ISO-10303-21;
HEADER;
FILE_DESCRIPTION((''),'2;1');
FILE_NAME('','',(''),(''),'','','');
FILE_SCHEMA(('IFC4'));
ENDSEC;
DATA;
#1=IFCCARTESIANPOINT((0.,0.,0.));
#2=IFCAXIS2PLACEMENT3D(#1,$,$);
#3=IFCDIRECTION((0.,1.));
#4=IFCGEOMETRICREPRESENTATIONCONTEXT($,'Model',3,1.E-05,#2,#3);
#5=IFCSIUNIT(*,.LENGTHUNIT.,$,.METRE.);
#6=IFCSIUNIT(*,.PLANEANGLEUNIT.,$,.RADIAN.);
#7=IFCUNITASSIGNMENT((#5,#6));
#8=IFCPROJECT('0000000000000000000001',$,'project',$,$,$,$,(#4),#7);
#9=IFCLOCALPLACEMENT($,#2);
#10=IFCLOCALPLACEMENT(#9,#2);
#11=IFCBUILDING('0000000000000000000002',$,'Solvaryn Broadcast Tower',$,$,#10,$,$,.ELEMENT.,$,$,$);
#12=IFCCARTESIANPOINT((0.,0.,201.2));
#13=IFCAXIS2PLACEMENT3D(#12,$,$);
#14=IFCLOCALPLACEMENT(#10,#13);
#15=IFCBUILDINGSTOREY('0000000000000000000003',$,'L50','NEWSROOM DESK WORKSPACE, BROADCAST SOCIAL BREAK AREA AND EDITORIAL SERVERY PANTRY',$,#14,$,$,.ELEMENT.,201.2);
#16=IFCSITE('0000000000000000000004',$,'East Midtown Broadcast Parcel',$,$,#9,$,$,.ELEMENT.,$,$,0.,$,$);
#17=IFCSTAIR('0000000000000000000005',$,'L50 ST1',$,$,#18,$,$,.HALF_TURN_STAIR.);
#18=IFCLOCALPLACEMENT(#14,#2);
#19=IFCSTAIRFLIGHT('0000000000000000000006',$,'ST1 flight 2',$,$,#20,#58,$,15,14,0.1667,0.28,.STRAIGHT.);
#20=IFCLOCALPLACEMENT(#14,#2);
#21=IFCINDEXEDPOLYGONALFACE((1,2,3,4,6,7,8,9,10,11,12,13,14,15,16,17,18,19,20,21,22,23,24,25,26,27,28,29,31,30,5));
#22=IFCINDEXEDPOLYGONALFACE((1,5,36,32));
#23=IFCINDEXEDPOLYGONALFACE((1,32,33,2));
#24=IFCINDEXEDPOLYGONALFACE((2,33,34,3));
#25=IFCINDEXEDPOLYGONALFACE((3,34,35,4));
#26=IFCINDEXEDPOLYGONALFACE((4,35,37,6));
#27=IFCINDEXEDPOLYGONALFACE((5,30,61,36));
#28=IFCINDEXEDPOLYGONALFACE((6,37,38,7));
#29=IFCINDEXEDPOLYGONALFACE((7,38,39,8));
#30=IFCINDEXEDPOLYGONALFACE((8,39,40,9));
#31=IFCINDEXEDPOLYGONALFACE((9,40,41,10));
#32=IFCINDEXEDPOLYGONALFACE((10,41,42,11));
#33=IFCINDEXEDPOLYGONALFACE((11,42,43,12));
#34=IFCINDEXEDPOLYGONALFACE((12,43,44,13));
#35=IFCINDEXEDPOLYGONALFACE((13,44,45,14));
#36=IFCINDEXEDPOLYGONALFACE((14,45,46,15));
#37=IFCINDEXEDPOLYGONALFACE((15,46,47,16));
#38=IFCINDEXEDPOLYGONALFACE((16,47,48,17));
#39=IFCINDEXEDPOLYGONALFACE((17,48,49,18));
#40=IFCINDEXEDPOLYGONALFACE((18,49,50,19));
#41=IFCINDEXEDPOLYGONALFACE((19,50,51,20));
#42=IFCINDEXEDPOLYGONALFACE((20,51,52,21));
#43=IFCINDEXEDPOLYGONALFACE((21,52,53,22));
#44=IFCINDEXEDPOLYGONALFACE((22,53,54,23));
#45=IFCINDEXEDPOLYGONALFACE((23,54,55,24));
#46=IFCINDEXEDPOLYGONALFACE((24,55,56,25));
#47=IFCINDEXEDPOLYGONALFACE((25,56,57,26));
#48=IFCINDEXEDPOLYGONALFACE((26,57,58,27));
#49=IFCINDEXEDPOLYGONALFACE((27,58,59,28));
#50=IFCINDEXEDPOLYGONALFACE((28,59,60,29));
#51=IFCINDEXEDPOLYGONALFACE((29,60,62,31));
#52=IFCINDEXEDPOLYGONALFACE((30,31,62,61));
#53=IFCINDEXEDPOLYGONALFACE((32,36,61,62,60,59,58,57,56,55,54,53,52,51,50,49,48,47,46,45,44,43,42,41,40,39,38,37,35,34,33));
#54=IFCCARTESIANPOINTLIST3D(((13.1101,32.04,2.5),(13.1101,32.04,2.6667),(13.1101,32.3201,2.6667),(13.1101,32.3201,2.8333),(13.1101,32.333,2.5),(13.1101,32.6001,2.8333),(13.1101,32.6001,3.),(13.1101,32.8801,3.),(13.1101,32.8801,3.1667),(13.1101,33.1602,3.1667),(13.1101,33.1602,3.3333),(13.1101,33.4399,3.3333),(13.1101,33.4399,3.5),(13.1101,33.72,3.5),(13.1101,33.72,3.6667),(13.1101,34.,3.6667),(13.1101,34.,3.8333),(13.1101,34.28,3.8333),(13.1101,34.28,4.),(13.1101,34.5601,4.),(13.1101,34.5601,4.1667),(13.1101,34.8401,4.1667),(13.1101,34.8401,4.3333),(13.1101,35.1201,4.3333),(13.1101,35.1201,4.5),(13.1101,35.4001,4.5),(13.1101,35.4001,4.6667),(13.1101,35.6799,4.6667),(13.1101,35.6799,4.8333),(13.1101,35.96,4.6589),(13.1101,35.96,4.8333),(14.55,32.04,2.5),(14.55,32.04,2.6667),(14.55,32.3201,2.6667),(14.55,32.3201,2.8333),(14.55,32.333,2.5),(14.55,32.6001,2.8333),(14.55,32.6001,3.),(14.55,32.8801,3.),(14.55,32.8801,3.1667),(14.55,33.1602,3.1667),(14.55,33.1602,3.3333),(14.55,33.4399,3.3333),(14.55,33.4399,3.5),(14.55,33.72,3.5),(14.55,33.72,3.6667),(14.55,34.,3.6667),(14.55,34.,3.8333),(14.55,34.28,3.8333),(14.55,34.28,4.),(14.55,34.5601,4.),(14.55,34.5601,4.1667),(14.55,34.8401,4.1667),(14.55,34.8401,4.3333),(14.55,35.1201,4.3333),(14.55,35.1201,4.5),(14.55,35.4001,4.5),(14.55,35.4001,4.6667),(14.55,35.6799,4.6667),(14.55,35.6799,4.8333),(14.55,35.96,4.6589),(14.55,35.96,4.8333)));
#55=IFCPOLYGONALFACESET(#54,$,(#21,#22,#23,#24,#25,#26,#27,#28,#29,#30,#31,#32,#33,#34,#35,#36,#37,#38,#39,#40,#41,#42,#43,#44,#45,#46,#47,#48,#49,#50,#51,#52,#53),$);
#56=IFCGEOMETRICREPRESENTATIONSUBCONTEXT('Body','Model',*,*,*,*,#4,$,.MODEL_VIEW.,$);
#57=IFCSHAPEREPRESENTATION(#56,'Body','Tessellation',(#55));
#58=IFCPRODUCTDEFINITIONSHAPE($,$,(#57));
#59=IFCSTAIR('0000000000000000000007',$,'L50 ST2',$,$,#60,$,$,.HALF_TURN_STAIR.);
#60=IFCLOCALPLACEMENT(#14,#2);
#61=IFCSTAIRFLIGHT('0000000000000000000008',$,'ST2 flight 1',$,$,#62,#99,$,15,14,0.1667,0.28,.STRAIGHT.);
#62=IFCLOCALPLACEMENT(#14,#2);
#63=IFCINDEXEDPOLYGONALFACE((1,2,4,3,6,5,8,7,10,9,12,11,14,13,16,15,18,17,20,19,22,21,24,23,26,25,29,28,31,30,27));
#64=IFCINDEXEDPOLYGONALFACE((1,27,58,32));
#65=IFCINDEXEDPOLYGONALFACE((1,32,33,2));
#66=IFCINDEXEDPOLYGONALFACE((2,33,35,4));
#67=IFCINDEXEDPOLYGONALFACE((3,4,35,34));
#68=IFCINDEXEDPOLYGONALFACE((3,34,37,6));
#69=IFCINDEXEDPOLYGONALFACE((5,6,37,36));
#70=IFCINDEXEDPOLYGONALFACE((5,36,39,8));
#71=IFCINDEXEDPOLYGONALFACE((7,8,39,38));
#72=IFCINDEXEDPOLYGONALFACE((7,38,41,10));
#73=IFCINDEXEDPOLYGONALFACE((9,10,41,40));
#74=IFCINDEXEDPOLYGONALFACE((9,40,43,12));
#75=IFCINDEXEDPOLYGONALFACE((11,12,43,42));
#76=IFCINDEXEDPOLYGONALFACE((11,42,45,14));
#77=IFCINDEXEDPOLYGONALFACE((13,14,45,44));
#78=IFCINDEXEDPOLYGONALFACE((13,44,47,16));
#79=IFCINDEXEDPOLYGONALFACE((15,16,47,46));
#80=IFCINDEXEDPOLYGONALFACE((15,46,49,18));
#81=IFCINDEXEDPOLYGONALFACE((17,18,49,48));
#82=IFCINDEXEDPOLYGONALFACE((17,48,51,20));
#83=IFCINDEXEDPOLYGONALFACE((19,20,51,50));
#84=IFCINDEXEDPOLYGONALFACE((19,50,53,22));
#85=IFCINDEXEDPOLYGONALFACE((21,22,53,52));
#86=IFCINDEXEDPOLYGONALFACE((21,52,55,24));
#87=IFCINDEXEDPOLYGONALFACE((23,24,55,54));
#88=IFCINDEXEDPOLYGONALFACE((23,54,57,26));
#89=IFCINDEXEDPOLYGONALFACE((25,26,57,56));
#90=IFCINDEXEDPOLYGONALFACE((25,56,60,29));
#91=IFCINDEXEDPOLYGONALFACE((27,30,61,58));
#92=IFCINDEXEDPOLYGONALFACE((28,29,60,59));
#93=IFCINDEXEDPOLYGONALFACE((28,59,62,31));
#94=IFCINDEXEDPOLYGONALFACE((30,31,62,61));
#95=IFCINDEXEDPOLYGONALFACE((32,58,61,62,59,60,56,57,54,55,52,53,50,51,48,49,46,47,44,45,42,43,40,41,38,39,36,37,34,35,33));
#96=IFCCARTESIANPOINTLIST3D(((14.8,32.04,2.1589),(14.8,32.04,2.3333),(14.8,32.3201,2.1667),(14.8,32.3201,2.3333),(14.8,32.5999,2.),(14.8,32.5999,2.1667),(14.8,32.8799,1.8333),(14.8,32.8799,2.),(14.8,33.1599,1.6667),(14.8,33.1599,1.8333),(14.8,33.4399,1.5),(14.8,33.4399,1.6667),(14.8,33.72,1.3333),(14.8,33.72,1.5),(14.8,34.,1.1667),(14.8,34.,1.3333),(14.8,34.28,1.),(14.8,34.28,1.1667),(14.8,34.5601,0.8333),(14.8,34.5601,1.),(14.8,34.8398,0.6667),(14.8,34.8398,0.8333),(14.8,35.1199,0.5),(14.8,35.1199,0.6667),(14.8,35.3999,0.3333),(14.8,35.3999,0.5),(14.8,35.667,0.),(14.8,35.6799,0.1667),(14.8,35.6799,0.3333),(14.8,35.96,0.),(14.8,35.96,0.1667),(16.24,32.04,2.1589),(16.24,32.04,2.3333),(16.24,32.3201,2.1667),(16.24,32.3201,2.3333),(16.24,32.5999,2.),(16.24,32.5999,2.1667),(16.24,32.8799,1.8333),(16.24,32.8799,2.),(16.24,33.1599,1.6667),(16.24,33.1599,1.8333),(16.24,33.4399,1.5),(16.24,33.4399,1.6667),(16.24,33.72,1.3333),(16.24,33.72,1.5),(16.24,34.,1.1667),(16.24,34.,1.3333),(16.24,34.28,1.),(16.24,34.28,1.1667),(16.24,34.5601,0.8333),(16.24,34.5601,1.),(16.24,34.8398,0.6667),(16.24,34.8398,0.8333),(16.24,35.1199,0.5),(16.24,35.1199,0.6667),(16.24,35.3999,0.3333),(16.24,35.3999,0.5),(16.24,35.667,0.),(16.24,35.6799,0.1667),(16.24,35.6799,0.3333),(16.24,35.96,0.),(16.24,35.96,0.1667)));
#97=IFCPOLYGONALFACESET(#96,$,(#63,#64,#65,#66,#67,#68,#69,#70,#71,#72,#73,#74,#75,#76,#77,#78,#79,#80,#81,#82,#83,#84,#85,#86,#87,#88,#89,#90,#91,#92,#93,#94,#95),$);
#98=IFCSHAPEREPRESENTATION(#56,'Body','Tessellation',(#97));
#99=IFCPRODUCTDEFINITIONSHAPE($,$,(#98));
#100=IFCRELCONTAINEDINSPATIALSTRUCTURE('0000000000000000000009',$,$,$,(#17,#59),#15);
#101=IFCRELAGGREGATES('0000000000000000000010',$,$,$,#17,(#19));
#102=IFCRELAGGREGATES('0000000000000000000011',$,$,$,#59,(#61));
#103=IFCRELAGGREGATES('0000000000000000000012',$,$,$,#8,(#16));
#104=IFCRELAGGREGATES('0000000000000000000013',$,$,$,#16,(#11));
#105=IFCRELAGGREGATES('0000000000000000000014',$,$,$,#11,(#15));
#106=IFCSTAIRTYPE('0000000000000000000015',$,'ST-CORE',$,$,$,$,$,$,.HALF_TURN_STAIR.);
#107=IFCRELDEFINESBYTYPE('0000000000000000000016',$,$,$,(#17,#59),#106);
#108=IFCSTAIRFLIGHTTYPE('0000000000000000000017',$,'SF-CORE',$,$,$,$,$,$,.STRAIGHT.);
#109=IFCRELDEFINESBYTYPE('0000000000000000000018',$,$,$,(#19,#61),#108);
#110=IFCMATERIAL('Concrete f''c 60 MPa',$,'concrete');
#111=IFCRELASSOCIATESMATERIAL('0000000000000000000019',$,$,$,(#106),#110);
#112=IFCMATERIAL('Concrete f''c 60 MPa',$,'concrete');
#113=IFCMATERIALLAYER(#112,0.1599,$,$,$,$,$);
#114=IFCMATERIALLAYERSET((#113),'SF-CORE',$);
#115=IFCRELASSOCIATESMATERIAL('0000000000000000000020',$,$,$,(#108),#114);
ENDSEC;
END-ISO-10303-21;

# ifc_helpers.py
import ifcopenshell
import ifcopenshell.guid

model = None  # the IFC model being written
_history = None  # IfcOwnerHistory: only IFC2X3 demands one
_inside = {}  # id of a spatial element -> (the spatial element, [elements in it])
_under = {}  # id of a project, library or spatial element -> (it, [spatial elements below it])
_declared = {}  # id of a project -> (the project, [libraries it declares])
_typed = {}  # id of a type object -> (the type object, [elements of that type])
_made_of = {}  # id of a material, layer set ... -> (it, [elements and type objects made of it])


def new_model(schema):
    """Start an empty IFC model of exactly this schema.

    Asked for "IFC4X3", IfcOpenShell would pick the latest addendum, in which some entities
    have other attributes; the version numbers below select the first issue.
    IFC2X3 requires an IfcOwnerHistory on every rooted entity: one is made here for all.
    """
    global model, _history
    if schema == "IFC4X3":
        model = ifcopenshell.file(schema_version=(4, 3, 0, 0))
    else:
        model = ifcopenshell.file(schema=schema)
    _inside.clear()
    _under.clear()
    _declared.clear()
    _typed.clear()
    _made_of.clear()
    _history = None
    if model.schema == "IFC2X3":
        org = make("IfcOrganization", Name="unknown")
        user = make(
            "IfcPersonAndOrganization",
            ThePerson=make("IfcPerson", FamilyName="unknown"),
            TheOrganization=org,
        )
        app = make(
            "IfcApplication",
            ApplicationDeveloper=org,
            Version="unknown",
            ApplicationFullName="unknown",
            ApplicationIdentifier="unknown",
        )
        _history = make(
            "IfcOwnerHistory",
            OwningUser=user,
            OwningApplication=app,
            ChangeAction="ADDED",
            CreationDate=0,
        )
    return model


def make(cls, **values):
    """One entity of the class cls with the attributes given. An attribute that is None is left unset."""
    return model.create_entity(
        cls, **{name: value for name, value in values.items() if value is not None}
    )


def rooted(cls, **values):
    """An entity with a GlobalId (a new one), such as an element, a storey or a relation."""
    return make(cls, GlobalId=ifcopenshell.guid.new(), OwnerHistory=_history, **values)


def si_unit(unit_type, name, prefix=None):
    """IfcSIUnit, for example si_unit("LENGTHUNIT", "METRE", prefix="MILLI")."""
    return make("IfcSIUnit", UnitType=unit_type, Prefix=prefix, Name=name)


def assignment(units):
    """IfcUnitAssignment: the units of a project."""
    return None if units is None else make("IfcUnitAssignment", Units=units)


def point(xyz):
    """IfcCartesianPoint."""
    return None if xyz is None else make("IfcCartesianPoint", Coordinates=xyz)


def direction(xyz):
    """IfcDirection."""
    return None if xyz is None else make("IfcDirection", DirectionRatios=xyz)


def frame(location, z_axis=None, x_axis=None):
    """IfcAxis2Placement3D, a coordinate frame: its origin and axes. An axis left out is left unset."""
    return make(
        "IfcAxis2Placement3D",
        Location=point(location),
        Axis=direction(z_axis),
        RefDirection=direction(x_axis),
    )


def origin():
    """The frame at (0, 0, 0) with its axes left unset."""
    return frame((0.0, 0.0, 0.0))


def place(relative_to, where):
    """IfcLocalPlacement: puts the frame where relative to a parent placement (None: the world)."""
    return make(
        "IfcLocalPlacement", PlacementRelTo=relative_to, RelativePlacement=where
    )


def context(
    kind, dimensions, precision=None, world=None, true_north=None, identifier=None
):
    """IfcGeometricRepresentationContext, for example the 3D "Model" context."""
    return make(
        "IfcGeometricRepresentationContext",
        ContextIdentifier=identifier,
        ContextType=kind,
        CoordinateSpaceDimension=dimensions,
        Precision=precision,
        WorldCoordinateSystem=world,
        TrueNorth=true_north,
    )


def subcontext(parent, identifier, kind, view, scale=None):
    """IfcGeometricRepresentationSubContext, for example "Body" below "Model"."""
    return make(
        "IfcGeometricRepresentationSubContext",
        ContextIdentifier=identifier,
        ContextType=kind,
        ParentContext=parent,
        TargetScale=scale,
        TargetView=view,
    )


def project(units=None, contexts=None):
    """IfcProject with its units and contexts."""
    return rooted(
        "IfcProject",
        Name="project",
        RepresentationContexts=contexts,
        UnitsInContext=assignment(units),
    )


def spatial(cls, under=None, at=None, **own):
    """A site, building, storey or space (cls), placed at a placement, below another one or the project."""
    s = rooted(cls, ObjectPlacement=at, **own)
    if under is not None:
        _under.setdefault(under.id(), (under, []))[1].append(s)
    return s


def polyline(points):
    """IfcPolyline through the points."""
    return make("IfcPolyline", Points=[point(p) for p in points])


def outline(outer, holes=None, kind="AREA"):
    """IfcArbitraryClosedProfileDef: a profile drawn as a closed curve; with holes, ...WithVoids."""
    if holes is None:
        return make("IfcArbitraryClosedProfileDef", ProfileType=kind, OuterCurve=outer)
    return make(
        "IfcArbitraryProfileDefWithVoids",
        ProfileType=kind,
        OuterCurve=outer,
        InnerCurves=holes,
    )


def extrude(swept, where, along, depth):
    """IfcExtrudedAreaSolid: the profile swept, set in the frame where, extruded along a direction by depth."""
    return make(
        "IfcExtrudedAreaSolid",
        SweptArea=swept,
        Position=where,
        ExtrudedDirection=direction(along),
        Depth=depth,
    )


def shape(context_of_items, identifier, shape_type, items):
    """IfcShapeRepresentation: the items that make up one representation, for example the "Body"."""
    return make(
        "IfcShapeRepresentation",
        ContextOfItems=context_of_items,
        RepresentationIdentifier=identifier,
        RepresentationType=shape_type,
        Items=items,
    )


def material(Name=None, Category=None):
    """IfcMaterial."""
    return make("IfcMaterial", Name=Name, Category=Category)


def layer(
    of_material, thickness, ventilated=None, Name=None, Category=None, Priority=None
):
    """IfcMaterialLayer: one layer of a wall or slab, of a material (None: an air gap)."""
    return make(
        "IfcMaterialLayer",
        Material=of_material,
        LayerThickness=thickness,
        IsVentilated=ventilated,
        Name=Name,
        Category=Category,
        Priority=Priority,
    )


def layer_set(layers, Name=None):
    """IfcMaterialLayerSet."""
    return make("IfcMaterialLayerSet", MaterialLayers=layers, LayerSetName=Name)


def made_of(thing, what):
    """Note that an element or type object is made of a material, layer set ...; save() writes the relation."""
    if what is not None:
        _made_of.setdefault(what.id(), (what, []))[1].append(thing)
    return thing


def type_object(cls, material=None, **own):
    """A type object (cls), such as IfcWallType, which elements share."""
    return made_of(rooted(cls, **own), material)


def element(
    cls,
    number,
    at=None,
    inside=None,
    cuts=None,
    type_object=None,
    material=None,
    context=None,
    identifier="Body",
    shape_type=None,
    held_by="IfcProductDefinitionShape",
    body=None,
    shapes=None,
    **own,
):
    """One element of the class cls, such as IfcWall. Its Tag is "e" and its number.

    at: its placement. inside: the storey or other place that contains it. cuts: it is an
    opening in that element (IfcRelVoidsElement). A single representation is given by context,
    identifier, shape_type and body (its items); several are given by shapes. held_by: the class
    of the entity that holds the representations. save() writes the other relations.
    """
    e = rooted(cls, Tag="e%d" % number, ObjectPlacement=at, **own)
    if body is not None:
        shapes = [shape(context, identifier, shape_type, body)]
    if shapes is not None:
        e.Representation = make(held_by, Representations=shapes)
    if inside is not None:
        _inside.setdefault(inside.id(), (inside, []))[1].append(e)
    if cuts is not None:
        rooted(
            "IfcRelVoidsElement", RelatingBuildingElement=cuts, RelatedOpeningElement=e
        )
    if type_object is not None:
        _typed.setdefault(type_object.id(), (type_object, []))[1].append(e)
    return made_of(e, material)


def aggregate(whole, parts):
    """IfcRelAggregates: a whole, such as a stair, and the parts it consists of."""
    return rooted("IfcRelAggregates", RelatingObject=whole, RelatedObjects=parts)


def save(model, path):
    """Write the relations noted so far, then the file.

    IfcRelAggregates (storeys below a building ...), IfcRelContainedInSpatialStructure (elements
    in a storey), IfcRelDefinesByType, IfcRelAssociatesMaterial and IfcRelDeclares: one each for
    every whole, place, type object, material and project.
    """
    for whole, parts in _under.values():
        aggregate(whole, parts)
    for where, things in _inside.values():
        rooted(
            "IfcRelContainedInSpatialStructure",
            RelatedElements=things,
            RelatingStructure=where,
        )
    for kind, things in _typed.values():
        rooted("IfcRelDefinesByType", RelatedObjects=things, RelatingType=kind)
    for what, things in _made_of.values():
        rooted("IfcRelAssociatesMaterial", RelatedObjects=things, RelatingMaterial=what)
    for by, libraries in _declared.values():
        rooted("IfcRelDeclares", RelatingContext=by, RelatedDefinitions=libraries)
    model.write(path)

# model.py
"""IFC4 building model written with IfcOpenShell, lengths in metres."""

from ifc_helpers import new_model, si_unit, direction, frame, origin, place, context, subcontext, project, spatial, polyline, outline, extrude, material, layer, layer_set, type_object, element, aggregate, save


model = new_model("IFC4")

# Units and contexts
model_context = context("Model", 3, precision=1e-05, world=origin(), true_north=direction((0.0, 1.0)))
body_context = subcontext(model_context, "Body", "Model", "MODEL_VIEW")
ifc_project = project(units=[si_unit("LENGTHUNIT", "METRE"), si_unit("PLANEANGLEUNIT", "RADIAN")], contexts=[model_context])

# Site, building, storey
site_placement = place(None, origin())
site = spatial("IfcSite", under=ifc_project, at=site_placement, Name="East Midtown Broadcast Parcel", CompositionType="ELEMENT", RefElevation=0.0)
building_placement = place(site_placement, origin())
building = spatial("IfcBuilding", under=site, at=building_placement, Name="Solvaryn Broadcast Tower", CompositionType="ELEMENT")
storey_placement = place(building_placement, frame((0.0, 0.0, 201.2)))
storey = spatial("IfcBuildingStorey", under=building, at=storey_placement, Name="L50", Description="NEWSROOM DESK WORKSPACE, BROADCAST SOCIAL BREAK AREA AND EDITORIAL SERVERY PANTRY", CompositionType="ELEMENT", Elevation=201.2)

# Stair, stair flight
ifc_material_1 = material(Name="Concrete f'c 60 MPa", Category="concrete")
stair_type = type_object("IfcStairType", Name="ST-CORE", PredefinedType="HALF_TURN_STAIR", material=ifc_material_1)
stair_1_placement = place(storey_placement, origin())
stair_1 = element("IfcStair", 1, at=stair_1_placement, inside=storey, type_object=stair_type, Name="L50 ST1", PredefinedType="HALF_TURN_STAIR")
ifc_material_2 = material(Name="Concrete f'c 60 MPa", Category="concrete")
ifc_layer_1 = layer(ifc_material_2, 0.1599)
ifc_layer_set_1 = layer_set([ifc_layer_1], Name="SF-CORE")
stair_flight_type = type_object("IfcStairFlightType", Name="SF-CORE", PredefinedType="STRAIGHT", material=ifc_layer_set_1)
stair_flight_1_placement = place(storey_placement, frame((13.8301, 32.04, 2.5), z_axis=(0.0, 0.0, 1.0), x_axis=(0.0, 1.0, 0.0)))
stair_flight_1 = element("IfcStairFlight", 2, at=stair_flight_1_placement, type_object=stair_flight_type, Name="ST1 flight 2", NumberOfRisers=15, NumberOfTreads=14, PredefinedType="STRAIGHT", RiserHeight=0.1667, TreadLength=0.28, context=body_context, shape_type="SweptSolid", body=[
    extrude(outline(polyline([(0.0, 0.0), (0.0, 0.1667), (0.28, 0.1667), (0.28, 0.3333), (0.5601, 0.3333), (0.5601, 0.5), (0.8401, 0.5), (0.8401, 0.6667), (1.1201, 0.6667), (1.1201, 0.8333), (1.3999, 0.8333), (1.3999, 1.0), (1.6799, 1.0), (1.6799, 1.1667), (1.96, 1.1667), (1.96, 1.3333), (2.24, 1.3333), (2.24, 1.5), (2.52, 1.5), (2.52, 1.6667), (2.8, 1.6667), (2.8, 1.8333), (3.0801, 1.8333), (3.0801, 2.0), (3.3601, 2.0), (3.3601, 2.1667), (3.6399, 2.1667), (3.6399, 2.3333), (3.9199, 2.3333), (3.9199, 2.5), (3.9199, 2.1589), (0.293, 0.0), (0.0, 0.0)])), frame((0.0, 0.72, 0.0), z_axis=(0.0, -1.0, 0.0), x_axis=(1.0, 0.0, 0.0)), (0.0, 0.0, 1.0), 1.4399),
])
aggregate(stair_1, [stair_flight_1])

# Stair, stair flight
stair_2_placement = place(storey_placement, origin())
stair_2 = element("IfcStair", 3, at=stair_2_placement, inside=storey, type_object=stair_type, Name="L50 ST2", PredefinedType="HALF_TURN_STAIR")
stair_flight_2_placement = place(storey_placement, frame((15.52, 35.96, 0.0), z_axis=(0.0, 0.0, 1.0), x_axis=(0.0, -1.0, 0.0)))
stair_flight_2 = element("IfcStairFlight", 4, at=stair_flight_2_placement, type_object=stair_flight_type, Name="ST2 flight 1", NumberOfRisers=15, NumberOfTreads=14, PredefinedType="STRAIGHT", RiserHeight=0.1667, TreadLength=0.28, context=body_context, shape_type="SweptSolid", body=[
    extrude(outline(polyline([(0.0, 0.0), (0.0, 0.1667), (0.28, 0.1667), (0.28, 0.3333), (0.5601, 0.3333), (0.5601, 0.5), (0.8401, 0.5), (0.8401, 0.6667), (1.1201, 0.6667), (1.1201, 0.8333), (1.3999, 0.8333), (1.3999, 1.0), (1.6799, 1.0), (1.6799, 1.1667), (1.96, 1.1667), (1.96, 1.3333), (2.24, 1.3333), (2.24, 1.5), (2.52, 1.5), (2.52, 1.6667), (2.8, 1.6667), (2.8, 1.8333), (3.0801, 1.8333), (3.0801, 2.0), (3.3601, 2.0), (3.3601, 2.1667), (3.6399, 2.1667), (3.6399, 2.3333), (3.9199, 2.3333), (3.9199, 2.5), (3.9199, 2.1589), (0.293, 0.0), (0.0, 0.0)])), frame((0.0, 0.72, 0.0), z_axis=(0.0, -1.0, 0.0), x_axis=(1.0, 0.0, 0.0)), (0.0, 0.0, 1.0), 1.4399),
])
aggregate(stair_2, [stair_flight_2])

save(model, "model.ifc")
